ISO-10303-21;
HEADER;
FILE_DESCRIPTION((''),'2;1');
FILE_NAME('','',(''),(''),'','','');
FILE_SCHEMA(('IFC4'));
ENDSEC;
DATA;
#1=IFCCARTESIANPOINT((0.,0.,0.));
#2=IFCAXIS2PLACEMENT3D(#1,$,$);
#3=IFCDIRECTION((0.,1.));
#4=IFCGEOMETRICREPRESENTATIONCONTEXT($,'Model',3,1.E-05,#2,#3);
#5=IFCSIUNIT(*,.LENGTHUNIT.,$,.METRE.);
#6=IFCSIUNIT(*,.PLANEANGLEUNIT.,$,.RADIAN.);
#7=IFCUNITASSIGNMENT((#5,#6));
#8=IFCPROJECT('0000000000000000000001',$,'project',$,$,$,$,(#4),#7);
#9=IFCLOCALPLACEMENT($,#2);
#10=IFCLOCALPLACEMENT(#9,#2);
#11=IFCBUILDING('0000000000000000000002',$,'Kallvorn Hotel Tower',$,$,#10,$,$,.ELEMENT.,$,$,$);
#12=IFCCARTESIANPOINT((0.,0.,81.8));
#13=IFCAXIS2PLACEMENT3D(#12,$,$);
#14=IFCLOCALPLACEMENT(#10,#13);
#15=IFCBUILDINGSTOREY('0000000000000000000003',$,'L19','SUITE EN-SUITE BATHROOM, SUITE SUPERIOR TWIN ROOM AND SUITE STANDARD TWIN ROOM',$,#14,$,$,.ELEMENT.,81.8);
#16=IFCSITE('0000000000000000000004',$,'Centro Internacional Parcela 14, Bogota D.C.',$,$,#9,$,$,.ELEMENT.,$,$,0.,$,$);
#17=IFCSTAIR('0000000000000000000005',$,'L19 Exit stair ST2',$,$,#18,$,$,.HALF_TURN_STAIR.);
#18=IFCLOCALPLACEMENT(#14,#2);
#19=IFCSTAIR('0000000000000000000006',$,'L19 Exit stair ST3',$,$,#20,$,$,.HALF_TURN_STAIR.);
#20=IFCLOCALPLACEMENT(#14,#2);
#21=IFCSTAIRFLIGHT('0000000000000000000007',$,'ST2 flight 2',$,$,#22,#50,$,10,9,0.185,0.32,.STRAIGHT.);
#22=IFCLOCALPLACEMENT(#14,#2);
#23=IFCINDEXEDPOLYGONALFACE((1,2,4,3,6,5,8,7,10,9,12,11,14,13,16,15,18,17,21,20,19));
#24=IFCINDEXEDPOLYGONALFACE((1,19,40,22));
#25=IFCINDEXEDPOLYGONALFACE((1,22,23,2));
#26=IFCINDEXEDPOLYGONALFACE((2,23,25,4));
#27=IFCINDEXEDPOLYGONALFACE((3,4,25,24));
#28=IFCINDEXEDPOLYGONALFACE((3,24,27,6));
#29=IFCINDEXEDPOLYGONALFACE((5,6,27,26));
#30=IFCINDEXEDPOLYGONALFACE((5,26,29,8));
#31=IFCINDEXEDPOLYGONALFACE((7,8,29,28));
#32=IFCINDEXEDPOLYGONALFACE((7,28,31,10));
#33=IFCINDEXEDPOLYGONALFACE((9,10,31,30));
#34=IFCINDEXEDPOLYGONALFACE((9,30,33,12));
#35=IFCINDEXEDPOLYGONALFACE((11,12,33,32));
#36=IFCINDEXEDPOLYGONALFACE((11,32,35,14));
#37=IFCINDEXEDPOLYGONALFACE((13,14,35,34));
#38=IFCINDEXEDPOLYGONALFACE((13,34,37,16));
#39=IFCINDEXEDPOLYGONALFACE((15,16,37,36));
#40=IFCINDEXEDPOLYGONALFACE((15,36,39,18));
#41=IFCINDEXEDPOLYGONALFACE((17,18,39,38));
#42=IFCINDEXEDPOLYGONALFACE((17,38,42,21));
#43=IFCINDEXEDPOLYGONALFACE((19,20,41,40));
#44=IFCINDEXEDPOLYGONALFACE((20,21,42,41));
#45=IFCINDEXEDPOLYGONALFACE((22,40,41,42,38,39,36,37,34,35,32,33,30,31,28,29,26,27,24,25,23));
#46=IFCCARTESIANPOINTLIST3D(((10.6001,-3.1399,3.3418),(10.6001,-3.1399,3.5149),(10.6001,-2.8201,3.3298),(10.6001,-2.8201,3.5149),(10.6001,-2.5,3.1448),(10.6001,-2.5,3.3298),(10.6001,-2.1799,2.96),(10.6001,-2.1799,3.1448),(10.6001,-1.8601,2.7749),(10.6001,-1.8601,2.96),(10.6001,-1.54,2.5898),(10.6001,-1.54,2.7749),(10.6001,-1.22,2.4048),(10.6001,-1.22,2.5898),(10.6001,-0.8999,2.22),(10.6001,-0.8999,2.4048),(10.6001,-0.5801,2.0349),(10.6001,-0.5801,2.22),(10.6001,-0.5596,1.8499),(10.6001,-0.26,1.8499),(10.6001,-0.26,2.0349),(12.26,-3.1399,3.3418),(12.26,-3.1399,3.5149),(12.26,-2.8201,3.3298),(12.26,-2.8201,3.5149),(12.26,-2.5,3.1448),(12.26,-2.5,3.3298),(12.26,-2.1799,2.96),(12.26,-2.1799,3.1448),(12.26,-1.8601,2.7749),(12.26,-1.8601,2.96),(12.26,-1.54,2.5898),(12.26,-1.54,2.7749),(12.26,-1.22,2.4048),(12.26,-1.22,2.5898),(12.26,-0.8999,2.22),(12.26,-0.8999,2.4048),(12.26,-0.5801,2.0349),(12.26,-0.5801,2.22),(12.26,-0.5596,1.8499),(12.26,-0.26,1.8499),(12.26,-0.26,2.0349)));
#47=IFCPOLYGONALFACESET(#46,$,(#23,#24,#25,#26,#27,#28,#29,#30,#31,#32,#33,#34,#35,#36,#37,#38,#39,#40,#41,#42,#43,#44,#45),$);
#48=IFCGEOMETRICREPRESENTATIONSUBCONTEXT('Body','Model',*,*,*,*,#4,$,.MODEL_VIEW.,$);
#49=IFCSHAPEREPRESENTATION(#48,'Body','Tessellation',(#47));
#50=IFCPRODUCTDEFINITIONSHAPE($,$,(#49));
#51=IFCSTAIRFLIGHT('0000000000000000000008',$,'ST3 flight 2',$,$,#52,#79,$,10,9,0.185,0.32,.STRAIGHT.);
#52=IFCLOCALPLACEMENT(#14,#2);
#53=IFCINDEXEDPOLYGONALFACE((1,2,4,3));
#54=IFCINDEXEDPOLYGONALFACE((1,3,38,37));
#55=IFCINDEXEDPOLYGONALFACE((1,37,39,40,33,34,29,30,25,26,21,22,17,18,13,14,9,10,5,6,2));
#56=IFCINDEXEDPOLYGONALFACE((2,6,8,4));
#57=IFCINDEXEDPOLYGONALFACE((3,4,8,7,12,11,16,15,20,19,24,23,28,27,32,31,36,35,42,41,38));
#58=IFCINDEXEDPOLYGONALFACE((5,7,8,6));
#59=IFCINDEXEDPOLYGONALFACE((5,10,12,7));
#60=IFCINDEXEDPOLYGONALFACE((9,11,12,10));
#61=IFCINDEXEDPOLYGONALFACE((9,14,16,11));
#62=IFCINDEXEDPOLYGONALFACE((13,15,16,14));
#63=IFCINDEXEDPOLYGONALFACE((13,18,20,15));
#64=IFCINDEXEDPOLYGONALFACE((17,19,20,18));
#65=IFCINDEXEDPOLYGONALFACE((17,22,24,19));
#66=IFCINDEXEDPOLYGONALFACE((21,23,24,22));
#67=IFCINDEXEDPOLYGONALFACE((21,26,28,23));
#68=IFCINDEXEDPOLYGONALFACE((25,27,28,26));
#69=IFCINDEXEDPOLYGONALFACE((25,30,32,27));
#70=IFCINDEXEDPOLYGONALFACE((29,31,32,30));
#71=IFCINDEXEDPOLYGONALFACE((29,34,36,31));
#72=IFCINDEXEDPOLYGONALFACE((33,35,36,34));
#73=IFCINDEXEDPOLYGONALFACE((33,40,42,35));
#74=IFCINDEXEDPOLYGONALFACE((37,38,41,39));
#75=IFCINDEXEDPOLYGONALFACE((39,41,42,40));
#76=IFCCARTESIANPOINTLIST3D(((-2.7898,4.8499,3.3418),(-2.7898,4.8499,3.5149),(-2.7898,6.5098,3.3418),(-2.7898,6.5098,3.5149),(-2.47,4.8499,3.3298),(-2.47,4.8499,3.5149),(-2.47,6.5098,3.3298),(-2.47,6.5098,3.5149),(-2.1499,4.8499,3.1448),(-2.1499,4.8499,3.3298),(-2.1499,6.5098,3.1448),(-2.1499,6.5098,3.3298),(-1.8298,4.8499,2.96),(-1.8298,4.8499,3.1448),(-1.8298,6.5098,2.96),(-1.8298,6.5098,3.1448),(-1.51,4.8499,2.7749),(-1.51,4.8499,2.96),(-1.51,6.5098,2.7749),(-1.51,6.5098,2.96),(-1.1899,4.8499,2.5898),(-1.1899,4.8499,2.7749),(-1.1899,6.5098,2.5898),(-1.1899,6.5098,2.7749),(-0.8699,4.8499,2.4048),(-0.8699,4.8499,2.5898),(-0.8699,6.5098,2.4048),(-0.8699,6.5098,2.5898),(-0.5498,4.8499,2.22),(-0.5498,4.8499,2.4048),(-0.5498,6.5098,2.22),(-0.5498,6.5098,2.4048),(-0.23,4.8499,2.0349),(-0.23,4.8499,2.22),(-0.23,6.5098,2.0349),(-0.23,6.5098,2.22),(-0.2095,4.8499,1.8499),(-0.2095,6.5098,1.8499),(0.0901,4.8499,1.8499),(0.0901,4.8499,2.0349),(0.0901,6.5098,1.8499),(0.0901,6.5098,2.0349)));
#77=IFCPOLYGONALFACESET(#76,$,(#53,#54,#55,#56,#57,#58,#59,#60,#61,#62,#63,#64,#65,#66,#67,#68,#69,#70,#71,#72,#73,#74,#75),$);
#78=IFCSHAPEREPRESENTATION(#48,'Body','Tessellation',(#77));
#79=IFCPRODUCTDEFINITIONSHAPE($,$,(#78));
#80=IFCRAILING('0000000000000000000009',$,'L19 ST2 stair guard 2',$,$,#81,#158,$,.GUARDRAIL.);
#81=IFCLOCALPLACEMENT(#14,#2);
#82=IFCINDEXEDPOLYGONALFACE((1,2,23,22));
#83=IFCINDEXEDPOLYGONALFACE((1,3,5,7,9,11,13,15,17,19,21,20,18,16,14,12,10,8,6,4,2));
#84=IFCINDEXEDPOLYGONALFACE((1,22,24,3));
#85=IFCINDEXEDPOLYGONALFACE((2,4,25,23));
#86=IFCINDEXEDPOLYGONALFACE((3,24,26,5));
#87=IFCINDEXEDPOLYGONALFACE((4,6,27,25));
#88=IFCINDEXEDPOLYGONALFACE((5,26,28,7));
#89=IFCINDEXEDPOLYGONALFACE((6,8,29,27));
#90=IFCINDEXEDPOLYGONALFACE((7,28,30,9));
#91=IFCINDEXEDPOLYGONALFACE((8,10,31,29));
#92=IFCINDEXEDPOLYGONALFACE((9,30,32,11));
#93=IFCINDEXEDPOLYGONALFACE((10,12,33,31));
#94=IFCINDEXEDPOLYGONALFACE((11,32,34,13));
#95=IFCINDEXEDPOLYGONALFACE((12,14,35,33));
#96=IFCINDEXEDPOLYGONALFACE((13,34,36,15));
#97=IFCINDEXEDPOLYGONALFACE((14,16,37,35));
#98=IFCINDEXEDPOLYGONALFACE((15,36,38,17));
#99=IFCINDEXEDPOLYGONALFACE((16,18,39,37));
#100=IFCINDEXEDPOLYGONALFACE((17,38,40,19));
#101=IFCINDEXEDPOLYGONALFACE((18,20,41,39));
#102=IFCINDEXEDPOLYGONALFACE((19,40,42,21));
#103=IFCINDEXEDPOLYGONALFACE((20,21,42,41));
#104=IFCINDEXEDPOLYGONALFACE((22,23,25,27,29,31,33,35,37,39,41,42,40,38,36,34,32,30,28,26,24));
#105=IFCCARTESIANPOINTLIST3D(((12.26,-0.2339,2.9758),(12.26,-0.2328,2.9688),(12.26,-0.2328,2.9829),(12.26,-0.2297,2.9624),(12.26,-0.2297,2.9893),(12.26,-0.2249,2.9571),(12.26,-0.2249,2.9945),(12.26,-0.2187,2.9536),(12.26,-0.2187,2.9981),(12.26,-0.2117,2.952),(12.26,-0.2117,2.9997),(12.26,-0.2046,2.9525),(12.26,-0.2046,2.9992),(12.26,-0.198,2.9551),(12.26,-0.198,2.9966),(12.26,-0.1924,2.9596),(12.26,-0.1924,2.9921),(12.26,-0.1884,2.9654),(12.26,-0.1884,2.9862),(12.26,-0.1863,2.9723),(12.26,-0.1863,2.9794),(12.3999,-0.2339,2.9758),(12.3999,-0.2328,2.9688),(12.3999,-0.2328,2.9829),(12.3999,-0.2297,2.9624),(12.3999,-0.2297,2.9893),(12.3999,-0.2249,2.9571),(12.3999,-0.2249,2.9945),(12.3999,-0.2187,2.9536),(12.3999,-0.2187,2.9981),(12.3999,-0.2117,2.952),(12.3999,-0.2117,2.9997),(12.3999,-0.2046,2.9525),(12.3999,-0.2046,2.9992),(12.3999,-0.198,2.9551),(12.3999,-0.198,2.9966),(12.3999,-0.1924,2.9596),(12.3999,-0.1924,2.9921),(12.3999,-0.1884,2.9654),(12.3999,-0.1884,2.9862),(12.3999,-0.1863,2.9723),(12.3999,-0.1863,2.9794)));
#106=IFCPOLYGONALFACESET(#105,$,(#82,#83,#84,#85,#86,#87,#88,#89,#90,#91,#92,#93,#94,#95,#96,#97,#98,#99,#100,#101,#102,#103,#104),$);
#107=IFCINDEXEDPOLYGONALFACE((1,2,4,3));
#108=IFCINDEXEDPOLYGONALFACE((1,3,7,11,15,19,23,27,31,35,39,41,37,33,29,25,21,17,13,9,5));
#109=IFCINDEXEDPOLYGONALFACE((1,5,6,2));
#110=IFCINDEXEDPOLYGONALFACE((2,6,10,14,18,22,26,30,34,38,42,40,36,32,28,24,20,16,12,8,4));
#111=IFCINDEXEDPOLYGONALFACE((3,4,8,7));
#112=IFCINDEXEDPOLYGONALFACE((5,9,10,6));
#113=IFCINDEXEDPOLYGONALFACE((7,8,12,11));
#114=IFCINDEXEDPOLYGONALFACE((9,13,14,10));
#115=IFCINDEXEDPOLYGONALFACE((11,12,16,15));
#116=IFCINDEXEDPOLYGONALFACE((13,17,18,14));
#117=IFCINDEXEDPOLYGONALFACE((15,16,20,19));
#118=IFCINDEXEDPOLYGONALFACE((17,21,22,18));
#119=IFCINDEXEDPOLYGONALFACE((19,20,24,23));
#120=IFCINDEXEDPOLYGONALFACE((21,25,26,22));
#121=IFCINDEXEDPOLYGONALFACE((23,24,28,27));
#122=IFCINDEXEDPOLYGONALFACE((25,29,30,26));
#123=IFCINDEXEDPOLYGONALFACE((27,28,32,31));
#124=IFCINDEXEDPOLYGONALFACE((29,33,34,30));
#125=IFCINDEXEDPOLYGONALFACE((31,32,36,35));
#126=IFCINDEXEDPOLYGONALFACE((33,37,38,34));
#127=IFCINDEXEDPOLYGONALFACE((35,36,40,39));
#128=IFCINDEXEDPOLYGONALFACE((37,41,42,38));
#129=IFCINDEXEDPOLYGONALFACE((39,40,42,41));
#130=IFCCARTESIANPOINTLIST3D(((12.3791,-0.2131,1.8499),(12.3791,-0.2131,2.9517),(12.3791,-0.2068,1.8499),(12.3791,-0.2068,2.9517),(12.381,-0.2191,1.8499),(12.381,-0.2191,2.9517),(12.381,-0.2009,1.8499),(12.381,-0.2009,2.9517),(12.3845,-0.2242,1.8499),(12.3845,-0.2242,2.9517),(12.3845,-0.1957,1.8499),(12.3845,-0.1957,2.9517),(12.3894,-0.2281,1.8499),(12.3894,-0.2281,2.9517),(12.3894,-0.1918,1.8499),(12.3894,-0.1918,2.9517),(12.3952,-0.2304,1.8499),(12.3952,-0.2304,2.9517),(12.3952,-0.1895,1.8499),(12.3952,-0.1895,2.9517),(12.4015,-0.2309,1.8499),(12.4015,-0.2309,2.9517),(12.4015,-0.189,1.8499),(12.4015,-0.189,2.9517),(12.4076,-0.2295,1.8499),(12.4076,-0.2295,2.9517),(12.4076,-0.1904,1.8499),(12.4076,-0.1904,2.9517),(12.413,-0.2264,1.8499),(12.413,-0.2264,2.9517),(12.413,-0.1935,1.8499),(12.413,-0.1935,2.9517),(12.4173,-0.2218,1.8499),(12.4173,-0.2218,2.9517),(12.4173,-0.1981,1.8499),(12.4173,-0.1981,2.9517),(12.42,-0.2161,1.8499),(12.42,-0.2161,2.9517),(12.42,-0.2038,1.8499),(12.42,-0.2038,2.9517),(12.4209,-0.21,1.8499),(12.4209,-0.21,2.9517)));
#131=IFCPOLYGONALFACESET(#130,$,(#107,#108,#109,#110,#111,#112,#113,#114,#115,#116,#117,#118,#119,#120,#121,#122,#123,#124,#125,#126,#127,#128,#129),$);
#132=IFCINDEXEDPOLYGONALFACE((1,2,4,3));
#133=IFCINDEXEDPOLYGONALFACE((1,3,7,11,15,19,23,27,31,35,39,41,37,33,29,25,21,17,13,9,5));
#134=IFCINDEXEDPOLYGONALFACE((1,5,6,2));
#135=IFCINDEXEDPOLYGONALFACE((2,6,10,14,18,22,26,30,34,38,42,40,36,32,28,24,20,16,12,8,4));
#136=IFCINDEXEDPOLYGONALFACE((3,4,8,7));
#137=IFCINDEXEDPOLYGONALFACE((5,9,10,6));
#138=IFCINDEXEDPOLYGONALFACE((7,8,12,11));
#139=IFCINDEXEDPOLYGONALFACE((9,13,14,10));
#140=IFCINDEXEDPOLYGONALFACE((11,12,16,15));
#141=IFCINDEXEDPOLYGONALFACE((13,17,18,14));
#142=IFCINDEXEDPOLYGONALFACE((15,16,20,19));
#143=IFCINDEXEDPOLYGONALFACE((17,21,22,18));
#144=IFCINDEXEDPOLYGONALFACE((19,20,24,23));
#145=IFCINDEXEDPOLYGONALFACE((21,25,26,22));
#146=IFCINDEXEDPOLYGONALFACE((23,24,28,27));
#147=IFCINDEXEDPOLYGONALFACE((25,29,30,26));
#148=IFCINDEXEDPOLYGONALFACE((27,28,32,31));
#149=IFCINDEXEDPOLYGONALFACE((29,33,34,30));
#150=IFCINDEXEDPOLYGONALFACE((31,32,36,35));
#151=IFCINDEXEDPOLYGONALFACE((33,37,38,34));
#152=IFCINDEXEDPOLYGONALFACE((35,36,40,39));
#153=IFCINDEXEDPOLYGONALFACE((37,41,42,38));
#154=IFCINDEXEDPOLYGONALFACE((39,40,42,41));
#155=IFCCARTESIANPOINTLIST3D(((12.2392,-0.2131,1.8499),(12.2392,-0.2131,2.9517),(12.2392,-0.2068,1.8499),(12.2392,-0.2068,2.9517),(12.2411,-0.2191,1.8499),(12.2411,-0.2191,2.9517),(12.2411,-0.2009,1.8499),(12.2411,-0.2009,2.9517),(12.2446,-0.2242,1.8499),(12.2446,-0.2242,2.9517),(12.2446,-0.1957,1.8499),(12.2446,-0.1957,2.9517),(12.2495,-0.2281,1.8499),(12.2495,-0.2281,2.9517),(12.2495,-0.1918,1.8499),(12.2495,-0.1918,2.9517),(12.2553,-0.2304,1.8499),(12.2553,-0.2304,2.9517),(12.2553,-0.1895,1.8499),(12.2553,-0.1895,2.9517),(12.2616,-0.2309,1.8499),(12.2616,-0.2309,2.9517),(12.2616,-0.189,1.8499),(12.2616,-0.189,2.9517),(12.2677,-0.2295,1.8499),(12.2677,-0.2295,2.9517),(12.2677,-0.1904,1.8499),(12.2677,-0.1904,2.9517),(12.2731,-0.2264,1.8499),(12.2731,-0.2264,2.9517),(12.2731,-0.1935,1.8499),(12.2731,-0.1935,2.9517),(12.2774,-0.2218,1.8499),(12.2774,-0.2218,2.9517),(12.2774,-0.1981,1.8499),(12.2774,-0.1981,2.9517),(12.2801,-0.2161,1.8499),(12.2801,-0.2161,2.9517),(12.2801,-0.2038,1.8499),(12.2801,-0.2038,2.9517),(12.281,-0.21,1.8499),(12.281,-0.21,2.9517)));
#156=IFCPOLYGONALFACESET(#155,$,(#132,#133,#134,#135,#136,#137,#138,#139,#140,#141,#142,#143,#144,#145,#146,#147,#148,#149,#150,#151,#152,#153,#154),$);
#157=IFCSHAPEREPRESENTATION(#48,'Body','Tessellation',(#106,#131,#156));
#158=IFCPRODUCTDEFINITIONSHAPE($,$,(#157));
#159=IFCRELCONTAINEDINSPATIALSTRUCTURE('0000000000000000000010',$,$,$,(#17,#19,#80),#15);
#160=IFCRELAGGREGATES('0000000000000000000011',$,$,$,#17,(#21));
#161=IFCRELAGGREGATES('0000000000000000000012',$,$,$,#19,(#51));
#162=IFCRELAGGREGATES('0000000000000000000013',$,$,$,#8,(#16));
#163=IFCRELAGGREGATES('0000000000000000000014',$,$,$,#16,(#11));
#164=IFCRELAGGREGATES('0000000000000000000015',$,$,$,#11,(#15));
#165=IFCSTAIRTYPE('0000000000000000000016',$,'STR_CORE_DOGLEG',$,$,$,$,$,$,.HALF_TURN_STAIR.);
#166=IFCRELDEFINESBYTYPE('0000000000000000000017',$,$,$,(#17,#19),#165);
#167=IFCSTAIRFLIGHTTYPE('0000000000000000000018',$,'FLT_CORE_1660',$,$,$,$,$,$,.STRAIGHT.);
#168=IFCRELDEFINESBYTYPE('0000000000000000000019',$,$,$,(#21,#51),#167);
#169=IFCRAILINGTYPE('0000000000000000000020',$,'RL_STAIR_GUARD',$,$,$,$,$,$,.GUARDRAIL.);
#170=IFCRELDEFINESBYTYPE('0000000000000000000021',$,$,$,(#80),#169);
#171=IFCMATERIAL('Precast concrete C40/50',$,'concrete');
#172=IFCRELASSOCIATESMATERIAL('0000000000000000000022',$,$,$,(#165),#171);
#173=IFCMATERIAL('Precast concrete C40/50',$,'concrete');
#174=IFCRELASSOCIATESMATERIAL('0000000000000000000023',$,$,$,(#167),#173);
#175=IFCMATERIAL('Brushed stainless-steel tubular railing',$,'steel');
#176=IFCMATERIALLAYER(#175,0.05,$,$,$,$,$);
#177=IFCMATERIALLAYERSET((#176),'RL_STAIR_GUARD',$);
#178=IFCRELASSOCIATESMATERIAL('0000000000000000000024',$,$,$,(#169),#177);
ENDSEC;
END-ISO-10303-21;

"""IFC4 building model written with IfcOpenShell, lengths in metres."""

from ifc_helpers import new_model, si_unit, direction, frame, origin, origin_2d, place, context, subcontext, project, spatial, polyline, circle, outline, extrude, material, layer, layer_set, type_object, element, aggregate, save


model = new_model("IFC4")

# Units and contexts
model_context = context("Model", 3, precision=1e-05, world=origin(), true_north=direction((0.0, 1.0)))
body_context = subcontext(model_context, "Body", "Model", "MODEL_VIEW")
ifc_project = project(units=[si_unit("LENGTHUNIT", "METRE"), si_unit("PLANEANGLEUNIT", "RADIAN")], contexts=[model_context])

# Site, building, storey
site_placement = place(None, origin())
site = spatial("IfcSite", under=ifc_project, at=site_placement, Name="Centro Internacional Parcela 14, Bogota D.C.", CompositionType="ELEMENT", RefElevation=0.0)
building_placement = place(site_placement, origin())
building = spatial("IfcBuilding", under=site, at=building_placement, Name="Kallvorn Hotel Tower", CompositionType="ELEMENT")
storey_placement = place(building_placement, frame((0.0, 0.0, 81.8)))
storey = spatial("IfcBuildingStorey", under=building, at=storey_placement, Name="L19", Description="SUITE EN-SUITE BATHROOM, SUITE SUPERIOR TWIN ROOM AND SUITE STANDARD TWIN ROOM", CompositionType="ELEMENT", Elevation=81.8)

# Stairs
ifc_material_1 = material(Name="Precast concrete C40/50", Category="concrete")
stair_type = type_object("IfcStairType", Name="STR_CORE_DOGLEG", PredefinedType="HALF_TURN_STAIR", material=ifc_material_1)
stair_1_placement = place(storey_placement, origin())
stair_1 = element("IfcStair", 1, at=stair_1_placement, inside=storey, type_object=stair_type, Name="L19 Exit stair ST2", PredefinedType="HALF_TURN_STAIR")
stair_2_placement = place(storey_placement, origin())
stair_2 = element("IfcStair", 2, at=stair_2_placement, inside=storey, type_object=stair_type, Name="L19 Exit stair ST3", PredefinedType="HALF_TURN_STAIR")

# Stair flights
ifc_material_2 = material(Name="Precast concrete C40/50", Category="concrete")
stair_flight_type = type_object("IfcStairFlightType", Name="FLT_CORE_1660", PredefinedType="STRAIGHT", material=ifc_material_2)
stair_flight_1_placement = place(storey_placement, frame((11.4299, -0.26, 1.8499), z_axis=(0.0, 0.0, 1.0), x_axis=(0.0, -1.0, 0.0)))
stair_flight_1 = element("IfcStairFlight", 3, at=stair_flight_1_placement, type_object=stair_flight_type, Name="ST2 flight 2", NumberOfRisers=10, NumberOfTreads=9, PredefinedType="STRAIGHT", RiserHeight=0.185, TreadLength=0.32, context=body_context, shape_type="SweptSolid", body=[
    extrude(outline(polyline([(0.0, 0.0), (0.0, 0.1851), (0.3201, 0.1851), (0.3201, 0.3701), (0.6399, 0.3701), (0.6399, 0.5549), (0.96, 0.5549), (0.96, 0.74), (1.28, 0.74), (1.28, 0.925), (1.6001, 0.925), (1.6001, 1.1101), (1.9199, 1.1101), (1.9199, 1.2949), (2.24, 1.2949), (2.24, 1.48), (2.5601, 1.48), (2.5601, 1.665), (2.8799, 1.665), (2.8799, 1.8501), (2.8799, 1.4919), (0.2996, 0.0), (0.0, 0.0)])), frame((0.0, 0.8301, 0.0), z_axis=(0.0, -1.0, 0.0), x_axis=(1.0, 0.0, 0.0)), (0.0, 0.0, 1.0), 1.6599),
])
aggregate(stair_1, [stair_flight_1])
stair_flight_2_placement = place(storey_placement, frame((0.0901, 5.6799, 1.8499), z_axis=(0.0, 0.0, 1.0), x_axis=(-1.0, 0.0, 0.0)))
stair_flight_2 = element("IfcStairFlight", 4, at=stair_flight_2_placement, type_object=stair_flight_type, Name="ST3 flight 2", NumberOfRisers=10, NumberOfTreads=9, PredefinedType="STRAIGHT", RiserHeight=0.185, TreadLength=0.32, context=body_context, shape_type="SweptSolid", body=[
    extrude(outline(polyline([(0.0, 0.0), (0.0, 0.1851), (0.3201, 0.1851), (0.3201, 0.3701), (0.6399, 0.3701), (0.6399, 0.5549), (0.96, 0.5549), (0.96, 0.74), (1.28, 0.74), (1.28, 0.925), (1.6001, 0.925), (1.6001, 1.1101), (1.9199, 1.1101), (1.9199, 1.2949), (2.24, 1.2949), (2.24, 1.48), (2.5601, 1.48), (2.5601, 1.665), (2.8799, 1.665), (2.8799, 1.8501), (2.8799, 1.4919), (0.2996, 0.0), (0.0, 0.0)])), frame((0.0, 0.8301, 0.0), z_axis=(0.0, -1.0, 0.0), x_axis=(1.0, 0.0, 0.0)), (0.0, 0.0, 1.0), 1.6599),
])
aggregate(stair_2, [stair_flight_2])

# Railing
ifc_material_3 = material(Name="Brushed stainless-steel tubular railing", Category="steel")
ifc_layer_1 = layer(ifc_material_3, 0.05)
ifc_layer_set_1 = layer_set([ifc_layer_1], Name="RL_STAIR_GUARD")
railing_type_1 = type_object("IfcRailingType", Name="RL_STAIR_GUARD", PredefinedType="GUARDRAIL", material=ifc_layer_set_1)
railing_1_placement = place(storey_placement, frame((12.3999, -0.21, 1.8499)))
element("IfcRailing", 5, at=railing_1_placement, inside=storey, type_object=railing_type_1, Name="L19 ST2 stair guard 2", PredefinedType="GUARDRAIL", context=body_context, shape_type="SweptSolid", body=[
    extrude(circle(Radius=0.0239, at=origin_2d()), frame((0.0, 0.0, 1.126), z_axis=(-1.0, 0.0, 0.0), x_axis=(0.0, -1.0, 0.0)), (0.0, 0.0, 1.0), 0.1399),
    extrude(circle(Radius=0.021, at=origin_2d()), origin(), (0.0, 0.0, 1.0), 1.1018),
    extrude(circle(Radius=0.021, at=origin_2d()), frame((-0.1399, 0.0, 0.0)), (0.0, 0.0, 1.0), 1.1018),
])

save(model, "model.ifc")
